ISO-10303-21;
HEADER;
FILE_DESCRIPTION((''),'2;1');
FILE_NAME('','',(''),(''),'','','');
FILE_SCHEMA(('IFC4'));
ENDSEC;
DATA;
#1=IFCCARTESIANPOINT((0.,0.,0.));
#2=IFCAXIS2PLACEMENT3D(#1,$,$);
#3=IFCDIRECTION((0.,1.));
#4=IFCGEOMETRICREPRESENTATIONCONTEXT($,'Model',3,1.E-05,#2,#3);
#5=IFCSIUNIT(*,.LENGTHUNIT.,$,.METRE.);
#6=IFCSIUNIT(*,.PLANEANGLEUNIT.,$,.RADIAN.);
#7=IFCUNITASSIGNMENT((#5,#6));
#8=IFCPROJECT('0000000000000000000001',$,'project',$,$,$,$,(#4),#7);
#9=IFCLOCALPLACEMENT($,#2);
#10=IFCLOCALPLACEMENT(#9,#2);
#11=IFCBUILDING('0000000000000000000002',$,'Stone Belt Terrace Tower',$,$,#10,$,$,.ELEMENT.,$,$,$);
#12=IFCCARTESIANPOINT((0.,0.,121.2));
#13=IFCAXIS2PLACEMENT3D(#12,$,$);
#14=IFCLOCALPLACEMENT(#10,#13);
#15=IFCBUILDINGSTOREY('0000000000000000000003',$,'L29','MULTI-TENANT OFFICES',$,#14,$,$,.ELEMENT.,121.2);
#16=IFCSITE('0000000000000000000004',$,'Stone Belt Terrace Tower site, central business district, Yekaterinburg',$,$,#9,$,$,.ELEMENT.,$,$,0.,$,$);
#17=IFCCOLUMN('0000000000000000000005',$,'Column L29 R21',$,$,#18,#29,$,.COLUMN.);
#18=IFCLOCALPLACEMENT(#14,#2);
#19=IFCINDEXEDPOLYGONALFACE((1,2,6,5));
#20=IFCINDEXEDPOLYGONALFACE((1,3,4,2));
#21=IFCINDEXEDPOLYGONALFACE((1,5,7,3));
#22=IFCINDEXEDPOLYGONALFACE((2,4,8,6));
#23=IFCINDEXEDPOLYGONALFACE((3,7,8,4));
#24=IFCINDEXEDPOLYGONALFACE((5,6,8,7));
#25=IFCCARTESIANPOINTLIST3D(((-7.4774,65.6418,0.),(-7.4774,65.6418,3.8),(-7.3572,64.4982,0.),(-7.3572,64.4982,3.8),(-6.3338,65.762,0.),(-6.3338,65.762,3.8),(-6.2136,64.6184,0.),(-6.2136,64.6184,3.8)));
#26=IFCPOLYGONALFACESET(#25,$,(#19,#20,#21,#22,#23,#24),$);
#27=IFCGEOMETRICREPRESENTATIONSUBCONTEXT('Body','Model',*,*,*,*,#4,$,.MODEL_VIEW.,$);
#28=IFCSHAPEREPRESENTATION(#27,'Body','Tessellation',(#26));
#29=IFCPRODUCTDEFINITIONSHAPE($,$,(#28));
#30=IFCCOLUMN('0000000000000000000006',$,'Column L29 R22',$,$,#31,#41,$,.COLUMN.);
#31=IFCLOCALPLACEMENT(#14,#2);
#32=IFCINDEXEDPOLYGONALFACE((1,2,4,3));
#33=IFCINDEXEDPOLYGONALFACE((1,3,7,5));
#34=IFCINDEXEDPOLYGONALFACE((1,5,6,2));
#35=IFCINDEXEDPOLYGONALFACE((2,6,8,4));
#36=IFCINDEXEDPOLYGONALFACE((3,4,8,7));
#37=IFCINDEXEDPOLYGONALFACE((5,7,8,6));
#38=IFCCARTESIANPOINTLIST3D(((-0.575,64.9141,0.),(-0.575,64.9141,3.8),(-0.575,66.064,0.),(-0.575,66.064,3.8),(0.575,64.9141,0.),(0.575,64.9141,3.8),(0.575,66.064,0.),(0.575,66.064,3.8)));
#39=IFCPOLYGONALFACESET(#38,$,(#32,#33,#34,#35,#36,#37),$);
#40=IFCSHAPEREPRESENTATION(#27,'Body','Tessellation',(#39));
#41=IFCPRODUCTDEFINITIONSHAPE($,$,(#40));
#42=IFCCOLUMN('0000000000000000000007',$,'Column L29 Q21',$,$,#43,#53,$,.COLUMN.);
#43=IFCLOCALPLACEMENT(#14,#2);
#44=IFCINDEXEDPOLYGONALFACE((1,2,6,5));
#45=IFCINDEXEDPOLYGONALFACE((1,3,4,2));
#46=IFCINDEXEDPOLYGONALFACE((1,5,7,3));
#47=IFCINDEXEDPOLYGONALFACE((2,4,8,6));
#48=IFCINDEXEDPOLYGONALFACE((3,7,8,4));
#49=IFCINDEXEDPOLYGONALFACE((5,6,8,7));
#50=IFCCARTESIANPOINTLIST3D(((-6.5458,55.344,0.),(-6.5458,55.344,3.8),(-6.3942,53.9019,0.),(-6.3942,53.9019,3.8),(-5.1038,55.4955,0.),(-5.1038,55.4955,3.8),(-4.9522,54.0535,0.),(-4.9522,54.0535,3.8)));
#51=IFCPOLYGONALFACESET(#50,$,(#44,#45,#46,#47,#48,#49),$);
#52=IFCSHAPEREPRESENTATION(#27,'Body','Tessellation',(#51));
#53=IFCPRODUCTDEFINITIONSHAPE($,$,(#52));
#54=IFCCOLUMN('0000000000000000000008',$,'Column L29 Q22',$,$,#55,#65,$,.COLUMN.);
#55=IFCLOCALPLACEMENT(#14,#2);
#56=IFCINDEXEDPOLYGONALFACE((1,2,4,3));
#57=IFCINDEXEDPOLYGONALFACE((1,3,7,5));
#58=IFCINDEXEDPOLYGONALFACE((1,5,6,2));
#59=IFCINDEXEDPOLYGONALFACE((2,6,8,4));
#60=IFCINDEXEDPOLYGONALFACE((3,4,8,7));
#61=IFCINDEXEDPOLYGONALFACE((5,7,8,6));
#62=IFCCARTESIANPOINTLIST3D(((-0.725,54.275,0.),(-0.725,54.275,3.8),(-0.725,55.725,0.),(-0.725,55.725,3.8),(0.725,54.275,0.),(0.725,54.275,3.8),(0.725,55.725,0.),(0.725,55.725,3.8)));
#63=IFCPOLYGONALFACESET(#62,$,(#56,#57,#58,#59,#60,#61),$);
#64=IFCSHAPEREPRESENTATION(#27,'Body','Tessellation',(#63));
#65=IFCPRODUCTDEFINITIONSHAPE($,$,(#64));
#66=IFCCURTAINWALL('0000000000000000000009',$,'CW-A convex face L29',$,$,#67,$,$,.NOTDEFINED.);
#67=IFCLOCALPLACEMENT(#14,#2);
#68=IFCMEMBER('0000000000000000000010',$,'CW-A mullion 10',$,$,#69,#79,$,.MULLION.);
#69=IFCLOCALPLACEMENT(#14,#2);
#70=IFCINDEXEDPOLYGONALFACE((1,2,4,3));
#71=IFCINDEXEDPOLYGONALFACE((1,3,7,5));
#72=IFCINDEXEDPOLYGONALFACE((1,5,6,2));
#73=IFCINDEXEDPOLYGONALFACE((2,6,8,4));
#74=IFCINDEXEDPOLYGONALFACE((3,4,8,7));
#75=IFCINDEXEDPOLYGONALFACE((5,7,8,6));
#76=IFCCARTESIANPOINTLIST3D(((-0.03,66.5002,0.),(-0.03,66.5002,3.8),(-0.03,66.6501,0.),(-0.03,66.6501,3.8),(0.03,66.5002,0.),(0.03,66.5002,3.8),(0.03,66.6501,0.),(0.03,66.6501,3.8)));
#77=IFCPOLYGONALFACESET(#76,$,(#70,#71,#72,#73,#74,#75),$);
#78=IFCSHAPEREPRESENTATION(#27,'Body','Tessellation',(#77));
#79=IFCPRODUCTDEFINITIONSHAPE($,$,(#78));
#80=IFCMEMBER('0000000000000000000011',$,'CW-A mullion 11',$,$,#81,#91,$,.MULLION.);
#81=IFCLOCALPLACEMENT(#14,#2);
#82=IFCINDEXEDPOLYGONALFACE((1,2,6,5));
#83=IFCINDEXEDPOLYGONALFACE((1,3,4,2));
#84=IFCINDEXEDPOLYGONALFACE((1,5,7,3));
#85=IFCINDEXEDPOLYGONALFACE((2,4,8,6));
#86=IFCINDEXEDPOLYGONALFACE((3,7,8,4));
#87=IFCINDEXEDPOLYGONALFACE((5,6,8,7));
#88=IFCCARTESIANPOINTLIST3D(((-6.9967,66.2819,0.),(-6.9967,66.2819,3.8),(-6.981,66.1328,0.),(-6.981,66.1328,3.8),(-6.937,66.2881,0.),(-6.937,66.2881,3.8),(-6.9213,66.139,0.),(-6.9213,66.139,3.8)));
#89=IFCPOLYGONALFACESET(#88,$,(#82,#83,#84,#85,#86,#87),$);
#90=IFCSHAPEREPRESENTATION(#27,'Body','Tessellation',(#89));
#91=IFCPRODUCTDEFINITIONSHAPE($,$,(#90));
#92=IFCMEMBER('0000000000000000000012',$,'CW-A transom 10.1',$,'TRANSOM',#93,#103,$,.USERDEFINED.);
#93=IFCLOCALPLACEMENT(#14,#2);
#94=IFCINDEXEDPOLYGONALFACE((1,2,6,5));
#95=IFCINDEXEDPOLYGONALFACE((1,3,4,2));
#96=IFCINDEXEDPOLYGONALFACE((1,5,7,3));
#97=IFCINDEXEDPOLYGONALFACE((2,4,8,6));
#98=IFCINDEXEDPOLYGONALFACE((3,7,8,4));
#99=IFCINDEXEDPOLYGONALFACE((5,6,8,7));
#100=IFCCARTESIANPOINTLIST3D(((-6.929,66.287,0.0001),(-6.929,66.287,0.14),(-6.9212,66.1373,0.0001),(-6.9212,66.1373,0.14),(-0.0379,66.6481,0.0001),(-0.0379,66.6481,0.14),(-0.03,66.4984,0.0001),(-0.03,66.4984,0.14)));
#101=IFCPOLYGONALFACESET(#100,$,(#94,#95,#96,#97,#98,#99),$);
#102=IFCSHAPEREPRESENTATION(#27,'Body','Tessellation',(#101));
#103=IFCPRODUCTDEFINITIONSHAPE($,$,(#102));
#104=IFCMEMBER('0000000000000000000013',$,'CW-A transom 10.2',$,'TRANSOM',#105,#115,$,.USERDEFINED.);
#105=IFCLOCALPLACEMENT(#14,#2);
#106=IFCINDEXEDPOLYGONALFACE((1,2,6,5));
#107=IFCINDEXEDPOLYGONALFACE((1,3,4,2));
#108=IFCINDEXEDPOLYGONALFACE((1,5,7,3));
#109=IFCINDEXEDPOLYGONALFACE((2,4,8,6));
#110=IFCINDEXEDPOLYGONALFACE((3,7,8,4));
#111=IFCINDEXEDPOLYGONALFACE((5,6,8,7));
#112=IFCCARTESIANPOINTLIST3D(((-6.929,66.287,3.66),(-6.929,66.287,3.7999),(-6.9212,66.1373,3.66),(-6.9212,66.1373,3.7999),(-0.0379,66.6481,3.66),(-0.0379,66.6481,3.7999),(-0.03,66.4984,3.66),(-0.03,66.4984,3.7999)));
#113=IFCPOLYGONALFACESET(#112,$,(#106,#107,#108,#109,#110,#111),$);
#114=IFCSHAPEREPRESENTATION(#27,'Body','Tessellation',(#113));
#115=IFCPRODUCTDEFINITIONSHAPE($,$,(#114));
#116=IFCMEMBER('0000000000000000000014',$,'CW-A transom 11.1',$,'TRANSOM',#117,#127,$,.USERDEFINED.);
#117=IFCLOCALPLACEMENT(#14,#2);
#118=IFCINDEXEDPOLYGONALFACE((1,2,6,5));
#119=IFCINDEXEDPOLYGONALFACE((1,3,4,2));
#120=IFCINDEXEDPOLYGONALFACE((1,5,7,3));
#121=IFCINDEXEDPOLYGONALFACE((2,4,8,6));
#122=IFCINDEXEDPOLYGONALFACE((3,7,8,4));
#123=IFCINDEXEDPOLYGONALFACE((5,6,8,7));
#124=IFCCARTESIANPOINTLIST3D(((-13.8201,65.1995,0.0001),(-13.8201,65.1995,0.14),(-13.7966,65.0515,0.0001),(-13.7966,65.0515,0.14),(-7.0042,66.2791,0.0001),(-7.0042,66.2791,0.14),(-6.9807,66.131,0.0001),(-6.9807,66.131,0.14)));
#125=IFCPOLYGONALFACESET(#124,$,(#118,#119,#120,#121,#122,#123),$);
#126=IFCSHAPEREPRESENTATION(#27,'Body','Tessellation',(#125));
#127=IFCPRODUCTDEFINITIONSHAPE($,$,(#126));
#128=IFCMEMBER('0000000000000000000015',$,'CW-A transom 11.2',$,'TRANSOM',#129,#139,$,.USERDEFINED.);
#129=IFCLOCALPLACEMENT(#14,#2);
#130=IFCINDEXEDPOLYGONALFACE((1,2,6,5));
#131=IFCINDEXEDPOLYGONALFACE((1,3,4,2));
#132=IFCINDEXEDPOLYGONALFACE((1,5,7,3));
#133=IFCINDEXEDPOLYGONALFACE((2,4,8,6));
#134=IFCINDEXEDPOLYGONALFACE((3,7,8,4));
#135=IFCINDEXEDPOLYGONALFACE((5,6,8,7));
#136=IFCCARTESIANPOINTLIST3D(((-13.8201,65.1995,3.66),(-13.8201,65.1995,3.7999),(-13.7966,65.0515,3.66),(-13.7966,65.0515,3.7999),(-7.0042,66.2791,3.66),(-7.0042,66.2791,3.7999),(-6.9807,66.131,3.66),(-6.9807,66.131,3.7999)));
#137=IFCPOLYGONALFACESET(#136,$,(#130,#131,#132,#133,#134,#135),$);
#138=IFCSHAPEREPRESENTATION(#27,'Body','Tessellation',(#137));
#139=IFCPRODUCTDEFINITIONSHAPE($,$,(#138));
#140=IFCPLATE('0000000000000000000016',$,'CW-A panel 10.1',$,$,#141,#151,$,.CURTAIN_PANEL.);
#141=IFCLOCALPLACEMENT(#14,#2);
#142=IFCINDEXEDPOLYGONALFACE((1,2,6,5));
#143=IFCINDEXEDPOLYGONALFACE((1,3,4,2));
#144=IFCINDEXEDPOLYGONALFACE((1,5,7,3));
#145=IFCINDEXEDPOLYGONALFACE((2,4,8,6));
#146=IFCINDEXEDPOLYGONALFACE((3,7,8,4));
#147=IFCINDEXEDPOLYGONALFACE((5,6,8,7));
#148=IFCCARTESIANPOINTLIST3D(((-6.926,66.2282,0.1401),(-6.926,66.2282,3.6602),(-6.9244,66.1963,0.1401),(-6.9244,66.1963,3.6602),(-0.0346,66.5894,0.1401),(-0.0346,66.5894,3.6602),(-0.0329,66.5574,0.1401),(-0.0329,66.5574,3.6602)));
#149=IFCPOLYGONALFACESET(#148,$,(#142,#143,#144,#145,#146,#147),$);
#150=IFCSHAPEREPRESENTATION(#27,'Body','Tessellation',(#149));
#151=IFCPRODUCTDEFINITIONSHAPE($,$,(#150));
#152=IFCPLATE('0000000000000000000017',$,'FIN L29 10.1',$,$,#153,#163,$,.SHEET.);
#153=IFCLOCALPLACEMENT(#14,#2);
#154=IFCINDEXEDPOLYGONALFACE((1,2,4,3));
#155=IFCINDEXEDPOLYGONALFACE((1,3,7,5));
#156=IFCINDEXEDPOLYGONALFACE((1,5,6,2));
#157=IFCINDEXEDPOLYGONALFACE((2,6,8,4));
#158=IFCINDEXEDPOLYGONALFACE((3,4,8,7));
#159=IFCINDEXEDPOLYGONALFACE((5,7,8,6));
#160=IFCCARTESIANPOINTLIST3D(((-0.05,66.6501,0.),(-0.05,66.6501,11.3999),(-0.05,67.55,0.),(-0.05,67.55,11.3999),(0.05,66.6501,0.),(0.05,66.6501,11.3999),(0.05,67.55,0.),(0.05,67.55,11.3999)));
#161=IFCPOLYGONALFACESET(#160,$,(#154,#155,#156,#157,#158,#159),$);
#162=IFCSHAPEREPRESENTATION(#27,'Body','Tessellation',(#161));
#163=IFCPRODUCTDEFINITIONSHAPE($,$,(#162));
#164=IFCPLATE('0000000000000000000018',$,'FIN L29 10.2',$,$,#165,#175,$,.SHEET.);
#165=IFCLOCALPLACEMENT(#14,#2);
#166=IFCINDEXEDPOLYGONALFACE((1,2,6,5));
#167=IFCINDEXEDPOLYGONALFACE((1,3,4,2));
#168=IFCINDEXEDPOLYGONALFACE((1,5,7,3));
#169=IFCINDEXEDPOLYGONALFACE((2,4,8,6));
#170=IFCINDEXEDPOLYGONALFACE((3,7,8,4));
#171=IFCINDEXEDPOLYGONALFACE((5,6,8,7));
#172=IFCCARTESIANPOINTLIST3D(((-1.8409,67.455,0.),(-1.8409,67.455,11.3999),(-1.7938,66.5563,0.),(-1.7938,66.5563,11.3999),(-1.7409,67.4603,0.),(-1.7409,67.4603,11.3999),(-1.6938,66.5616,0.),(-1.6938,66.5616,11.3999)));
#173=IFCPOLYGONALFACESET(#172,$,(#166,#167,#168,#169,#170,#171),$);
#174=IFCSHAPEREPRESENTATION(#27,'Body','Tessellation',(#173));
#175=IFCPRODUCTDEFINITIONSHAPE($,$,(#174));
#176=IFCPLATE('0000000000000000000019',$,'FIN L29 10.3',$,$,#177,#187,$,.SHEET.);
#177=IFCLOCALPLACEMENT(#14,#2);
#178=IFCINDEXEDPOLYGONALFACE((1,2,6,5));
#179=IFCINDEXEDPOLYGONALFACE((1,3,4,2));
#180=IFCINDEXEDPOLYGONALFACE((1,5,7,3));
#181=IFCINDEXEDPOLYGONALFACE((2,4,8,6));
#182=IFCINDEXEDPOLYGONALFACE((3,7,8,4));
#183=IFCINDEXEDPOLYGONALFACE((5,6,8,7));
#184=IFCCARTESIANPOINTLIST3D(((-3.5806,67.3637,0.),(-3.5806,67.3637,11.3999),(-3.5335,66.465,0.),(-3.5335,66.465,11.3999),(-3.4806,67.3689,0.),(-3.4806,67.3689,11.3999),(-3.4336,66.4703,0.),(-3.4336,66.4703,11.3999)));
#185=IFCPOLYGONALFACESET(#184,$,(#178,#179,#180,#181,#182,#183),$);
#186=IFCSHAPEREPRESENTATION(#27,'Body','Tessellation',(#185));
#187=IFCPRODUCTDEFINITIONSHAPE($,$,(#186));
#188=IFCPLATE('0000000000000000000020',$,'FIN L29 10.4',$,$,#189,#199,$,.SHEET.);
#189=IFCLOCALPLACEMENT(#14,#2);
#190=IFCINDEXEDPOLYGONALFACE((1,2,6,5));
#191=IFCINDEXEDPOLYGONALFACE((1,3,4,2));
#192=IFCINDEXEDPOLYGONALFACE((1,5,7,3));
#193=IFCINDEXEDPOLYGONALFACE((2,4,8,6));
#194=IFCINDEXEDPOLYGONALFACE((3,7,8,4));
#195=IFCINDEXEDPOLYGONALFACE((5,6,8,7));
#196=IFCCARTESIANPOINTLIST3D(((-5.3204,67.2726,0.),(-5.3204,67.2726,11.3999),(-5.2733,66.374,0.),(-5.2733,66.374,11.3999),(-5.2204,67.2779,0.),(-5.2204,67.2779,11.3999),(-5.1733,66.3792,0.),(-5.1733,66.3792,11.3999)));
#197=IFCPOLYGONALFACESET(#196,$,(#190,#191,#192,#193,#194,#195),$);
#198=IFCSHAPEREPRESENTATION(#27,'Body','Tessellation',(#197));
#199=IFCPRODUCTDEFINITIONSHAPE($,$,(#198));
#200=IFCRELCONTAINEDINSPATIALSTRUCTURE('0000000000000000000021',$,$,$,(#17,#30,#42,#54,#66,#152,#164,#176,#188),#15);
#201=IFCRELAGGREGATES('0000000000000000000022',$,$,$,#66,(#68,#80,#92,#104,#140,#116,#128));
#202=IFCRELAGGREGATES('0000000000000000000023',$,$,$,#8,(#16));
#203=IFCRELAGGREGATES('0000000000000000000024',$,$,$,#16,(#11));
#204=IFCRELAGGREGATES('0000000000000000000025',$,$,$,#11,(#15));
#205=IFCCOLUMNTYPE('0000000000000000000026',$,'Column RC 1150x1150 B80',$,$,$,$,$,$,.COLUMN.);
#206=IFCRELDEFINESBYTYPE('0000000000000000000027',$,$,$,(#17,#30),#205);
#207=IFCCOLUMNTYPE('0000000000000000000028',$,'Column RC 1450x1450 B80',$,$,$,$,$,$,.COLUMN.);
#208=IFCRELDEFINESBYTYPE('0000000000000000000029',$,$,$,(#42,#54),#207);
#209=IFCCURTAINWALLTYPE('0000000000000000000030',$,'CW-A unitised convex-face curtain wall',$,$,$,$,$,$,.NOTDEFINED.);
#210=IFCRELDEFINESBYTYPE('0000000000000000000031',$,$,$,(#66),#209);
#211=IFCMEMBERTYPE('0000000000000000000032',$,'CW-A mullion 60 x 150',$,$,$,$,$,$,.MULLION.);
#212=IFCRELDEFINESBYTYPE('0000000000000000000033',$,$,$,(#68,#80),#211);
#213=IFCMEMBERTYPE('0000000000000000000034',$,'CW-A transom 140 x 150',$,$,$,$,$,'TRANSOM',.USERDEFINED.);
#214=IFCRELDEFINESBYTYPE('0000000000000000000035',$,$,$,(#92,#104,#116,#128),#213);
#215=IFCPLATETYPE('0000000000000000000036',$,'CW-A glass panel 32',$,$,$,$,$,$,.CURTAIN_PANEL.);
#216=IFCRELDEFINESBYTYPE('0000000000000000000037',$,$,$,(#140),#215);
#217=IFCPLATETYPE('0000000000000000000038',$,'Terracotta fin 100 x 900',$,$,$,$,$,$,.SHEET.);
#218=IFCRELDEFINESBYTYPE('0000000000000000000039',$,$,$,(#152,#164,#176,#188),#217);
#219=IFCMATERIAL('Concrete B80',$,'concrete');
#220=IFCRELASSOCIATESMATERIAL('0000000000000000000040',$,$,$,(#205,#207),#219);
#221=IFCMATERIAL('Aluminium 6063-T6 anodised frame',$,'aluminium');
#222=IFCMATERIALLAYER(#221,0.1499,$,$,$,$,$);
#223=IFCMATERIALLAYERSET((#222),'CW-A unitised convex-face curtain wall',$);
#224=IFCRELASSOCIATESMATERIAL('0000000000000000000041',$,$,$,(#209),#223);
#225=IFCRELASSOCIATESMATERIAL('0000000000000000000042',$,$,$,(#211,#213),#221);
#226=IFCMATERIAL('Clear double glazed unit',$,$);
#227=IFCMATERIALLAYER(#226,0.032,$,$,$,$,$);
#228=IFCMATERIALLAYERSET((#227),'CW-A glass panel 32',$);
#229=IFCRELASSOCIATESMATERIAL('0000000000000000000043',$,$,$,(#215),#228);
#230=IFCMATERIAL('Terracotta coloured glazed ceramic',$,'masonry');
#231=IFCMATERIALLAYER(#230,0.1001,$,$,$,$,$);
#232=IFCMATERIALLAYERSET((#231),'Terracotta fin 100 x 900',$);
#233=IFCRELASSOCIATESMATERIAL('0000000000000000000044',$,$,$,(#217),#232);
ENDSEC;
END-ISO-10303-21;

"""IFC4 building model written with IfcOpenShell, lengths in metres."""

from ifc_helpers import new_model, si_unit, direction, frame, origin, origin_2d, place, context, subcontext, project, spatial, rectangle, extrude, material, layer, layer_set, material_profile, profile_set, type_object, element, aggregate, save


model = new_model("IFC4")

# Units and contexts
model_context = context("Model", 3, precision=1e-05, world=origin(), true_north=direction((0.0, 1.0)))
body_context = subcontext(model_context, "Body", "Model", "MODEL_VIEW")
ifc_project = project(units=[si_unit("LENGTHUNIT", "METRE"), si_unit("PLANEANGLEUNIT", "RADIAN")], contexts=[model_context])

# Site, building, storey
site_placement = place(None, origin())
site = spatial("IfcSite", under=ifc_project, at=site_placement, Name="Stone Belt Terrace Tower site, central business district, Yekaterinburg", CompositionType="ELEMENT", RefElevation=0.0)
building_placement = place(site_placement, origin())
building = spatial("IfcBuilding", under=site, at=building_placement, Name="Stone Belt Terrace Tower", CompositionType="ELEMENT")
storey_placement = place(building_placement, frame((0.0, 0.0, 121.2)))
storey = spatial("IfcBuildingStorey", under=building, at=storey_placement, Name="L29", Description="MULTI-TENANT OFFICES", CompositionType="ELEMENT", Elevation=121.2)

# Columns
ifc_material_1 = material(Name="Concrete B80", Category="concrete")
ifc_material_profile_1 = material_profile(ifc_material_1, rectangle(XDim=1.1499, YDim=1.1499, at=origin_2d()), Name="RC 1150x1150")
ifc_profile_set_1 = profile_set([ifc_material_profile_1], Name="Concrete B80")
column_type_1 = type_object("IfcColumnType", Name="Column RC 1150x1150 B80", PredefinedType="COLUMN", material=ifc_profile_set_1)
for number, where, z_axis, x_axis, name in (
    (1, (-6.8455, 65.1301, 0.0), (0.0, 0.0, 1.0), (0.994522, 0.104528, 0.0), "Column L29 R21"),
    (2, (0.0, 65.489, 0.0), (0.0, 0.0, 1.0), (1.0, 0.0, 0.0), "Column L29 R22"),
):
    element("IfcColumn", number, at=place(storey_placement, frame(where, z_axis=z_axis, x_axis=x_axis)), inside=storey, type_object=column_type_1, Name=name, PredefinedType="COLUMN", context=body_context, shape_type="SweptSolid", body=[
        extrude(rectangle(XDim=1.1499, YDim=1.1499, at=origin_2d()), origin(), (0.0, 0.0, 1.0), 3.8),
    ])
ifc_material_profile_2 = material_profile(ifc_material_1, rectangle(XDim=1.45, YDim=1.45, at=origin_2d()), Name="RC 1450x1450")
ifc_profile_set_2 = profile_set([ifc_material_profile_2], Name="Concrete B80")
column_type_2 = type_object("IfcColumnType", Name="Column RC 1450x1450 B80", PredefinedType="COLUMN", material=ifc_profile_set_2)
for number, where, z_axis, x_axis, name in (
    (3, (-5.749, 54.6987, 0.0), (0.0, 0.0, 1.0), (0.994522, 0.104528, 0.0), "Column L29 Q21"),
    (4, (0.0, 55.0, 0.0), (0.0, 0.0, 1.0), (1.0, 0.0, 0.0), "Column L29 Q22"),
):
    element("IfcColumn", number, at=place(storey_placement, frame(where, z_axis=z_axis, x_axis=x_axis)), inside=storey, type_object=column_type_2, Name=name, PredefinedType="COLUMN", context=body_context, shape_type="SweptSolid", body=[
        extrude(rectangle(XDim=1.45, YDim=1.45, at=origin_2d()), origin(), (0.0, 0.0, 1.0), 3.8),
    ])

# Curtain wall, members, plate
ifc_material_2 = material(Name="Aluminium 6063-T6 anodised frame", Category="aluminium")
ifc_layer_1 = layer(ifc_material_2, 0.1499)
ifc_layer_set_1 = layer_set([ifc_layer_1], Name="CW-A unitised convex-face curtain wall")
curtain_wall_type = type_object("IfcCurtainWallType", Name="CW-A unitised convex-face curtain wall", PredefinedType="NOTDEFINED", material=ifc_layer_set_1)
curtain_wall_placement = place(storey_placement, origin())
curtain_wall = element("IfcCurtainWall", 5, at=curtain_wall_placement, inside=storey, type_object=curtain_wall_type, Name="CW-A convex face L29", PredefinedType="NOTDEFINED")
ifc_material_profile_3 = material_profile(ifc_material_2, rectangle(XDim=0.1499, YDim=0.0601, at=origin_2d()), Name="Aluminium 6063-T6 60x150")
ifc_profile_set_3 = profile_set([ifc_material_profile_3], Name="Aluminium 6063-T6 anodised frame")
member_type_1 = type_object("IfcMemberType", Name="CW-A mullion 60 x 150", PredefinedType="MULLION", material=ifc_profile_set_3)
member_1_placement = place(storey_placement, frame((0.0, 66.5752, 0.0), z_axis=(0.0, 0.0, 1.0), x_axis=(0.0, -1.0, 0.0)))
member_1 = element("IfcMember", 6, at=member_1_placement, type_object=member_type_1, Name="CW-A mullion 10", PredefinedType="MULLION", context=body_context, shape_type="SweptSolid", body=[
    extrude(rectangle(XDim=0.1499, YDim=0.0601, at=origin_2d()), origin(), (0.0, 0.0, 1.0), 3.8),
])
member_2_placement = place(storey_placement, frame((-6.959, 66.2104, 0.0), z_axis=(0.0, 0.0, 1.0), x_axis=(0.104528, -0.994522, 0.0)))
member_2 = element("IfcMember", 7, at=member_2_placement, type_object=member_type_1, Name="CW-A mullion 11", PredefinedType="MULLION", context=body_context, shape_type="SweptSolid", body=[
    extrude(rectangle(XDim=0.1499, YDim=0.0601, at=origin_2d()), origin(), (0.0, 0.0, 1.0), 3.8),
])
ifc_material_profile_4 = material_profile(ifc_material_2, rectangle(XDim=0.1499, YDim=0.1399, at=origin_2d()), Name="Aluminium 6063-T6 150x140")
ifc_profile_set_4 = profile_set([ifc_material_profile_4], Name="Aluminium 6063-T6 anodised frame")
member_type_2 = type_object("IfcMemberType", Name="CW-A transom 140 x 150", ElementType="TRANSOM", PredefinedType="USERDEFINED", material=ifc_profile_set_4)
member_3_placement = place(storey_placement, frame((-0.0339, 66.5732, 0.0701), z_axis=(-0.99863, -0.052327, 0.0), x_axis=(0.052327, -0.99863, 0.0)))
member_3 = element("IfcMember", 8, at=member_3_placement, type_object=member_type_2, Name="CW-A transom 10.1", ObjectType="TRANSOM", PredefinedType="USERDEFINED", context=body_context, shape_type="SweptSolid", body=[
    extrude(rectangle(XDim=0.1499, YDim=0.1399, at=origin_2d()), origin(), (0.0, 0.0, 1.0), 6.9006),
])
member_4_placement = place(storey_placement, frame((-0.0339, 66.5732, 3.73), z_axis=(-0.99863, -0.052327, 0.0), x_axis=(0.052327, -0.99863, 0.0)))
member_4 = element("IfcMember", 9, at=member_4_placement, type_object=member_type_2, Name="CW-A transom 10.2", ObjectType="TRANSOM", PredefinedType="USERDEFINED", context=body_context, shape_type="SweptSolid", body=[
    extrude(rectangle(XDim=0.1499, YDim=0.1399, at=origin_2d()), origin(), (0.0, 0.0, 1.0), 6.9006),
])
member_5_placement = place(storey_placement, frame((-6.9924, 66.2051, 0.0701), z_axis=(-0.987687, -0.156442, 0.0), x_axis=(0.156442, -0.987687, 0.0)))
member_5 = element("IfcMember", 10, at=member_5_placement, type_object=member_type_2, Name="CW-A transom 11.1", ObjectType="TRANSOM", PredefinedType="USERDEFINED", context=body_context, shape_type="SweptSolid", body=[
    extrude(rectangle(XDim=0.1499, YDim=0.1399, at=origin_2d()), origin(), (0.0, 0.0, 1.0), 6.9009),
])
member_6_placement = place(storey_placement, frame((-6.9924, 66.2051, 3.73), z_axis=(-0.987687, -0.156442, 0.0), x_axis=(0.156442, -0.987687, 0.0)))
member_6 = element("IfcMember", 11, at=member_6_placement, type_object=member_type_2, Name="CW-A transom 11.2", ObjectType="TRANSOM", PredefinedType="USERDEFINED", context=body_context, shape_type="SweptSolid", body=[
    extrude(rectangle(XDim=0.1499, YDim=0.1399, at=origin_2d()), origin(), (0.0, 0.0, 1.0), 6.9009),
])
ifc_material_3 = material(Name="Clear double glazed unit")
ifc_layer_2 = layer(ifc_material_3, 0.032)
ifc_layer_set_2 = layer_set([ifc_layer_2], Name="CW-A glass panel 32")
plate_type_1 = type_object("IfcPlateType", Name="CW-A glass panel 32", PredefinedType="CURTAIN_PANEL", material=ifc_layer_set_2)
plate_placement = place(storey_placement, frame((-3.4795, 66.3928, 0.1401), z_axis=(0.0, 0.0, 1.0), x_axis=(-0.99863, -0.052336, 0.0)))
plate = element("IfcPlate", 12, at=plate_placement, type_object=plate_type_1, Name="CW-A panel 10.1", PredefinedType="CURTAIN_PANEL", context=body_context, shape_type="SweptSolid", body=[
    extrude(rectangle(XDim=6.9009, YDim=0.032, at=origin_2d()), origin(), (0.0, 0.0, 1.0), 3.52),
])
aggregate(curtain_wall, [member_1, member_2, member_3, member_4, plate, member_5, member_6])

# Plates
ifc_material_4 = material(Name="Terracotta coloured glazed ceramic", Category="masonry")
ifc_layer_3 = layer(ifc_material_4, 0.1001)
ifc_layer_set_3 = layer_set([ifc_layer_3], Name="Terracotta fin 100 x 900")
plate_type_2 = type_object("IfcPlateType", Name="Terracotta fin 100 x 900", PredefinedType="SHEET", material=ifc_layer_set_3)
for number, where, z_axis, x_axis, name in (
    (13, (0.0, 67.1001, 0.0), (0.0, 0.0, 1.0), (0.0, 1.0, 0.0), "FIN L29 10.1"),
    (14, (-1.7673, 67.0083, 0.0), (0.0, 0.0, 1.0), (-0.052336, 0.99863, 0.0), "FIN L29 10.2"),
    (15, (-3.5071, 66.917, 0.0), (0.0, 0.0, 1.0), (-0.052336, 0.99863, 0.0), "FIN L29 10.3"),
    (16, (-5.2468, 66.8259, 0.0), (0.0, 0.0, 1.0), (-0.052336, 0.99863, 0.0), "FIN L29 10.4"),
):
    element("IfcPlate", number, at=place(storey_placement, frame(where, z_axis=z_axis, x_axis=x_axis)), inside=storey, type_object=plate_type_2, Name=name, PredefinedType="SHEET", context=body_context, shape_type="SweptSolid", body=[
        extrude(rectangle(XDim=0.8999, YDim=0.1001, at=origin_2d()), origin(), (0.0, 0.0, 1.0), 11.3999),
    ])

save(model, "model.ifc")
